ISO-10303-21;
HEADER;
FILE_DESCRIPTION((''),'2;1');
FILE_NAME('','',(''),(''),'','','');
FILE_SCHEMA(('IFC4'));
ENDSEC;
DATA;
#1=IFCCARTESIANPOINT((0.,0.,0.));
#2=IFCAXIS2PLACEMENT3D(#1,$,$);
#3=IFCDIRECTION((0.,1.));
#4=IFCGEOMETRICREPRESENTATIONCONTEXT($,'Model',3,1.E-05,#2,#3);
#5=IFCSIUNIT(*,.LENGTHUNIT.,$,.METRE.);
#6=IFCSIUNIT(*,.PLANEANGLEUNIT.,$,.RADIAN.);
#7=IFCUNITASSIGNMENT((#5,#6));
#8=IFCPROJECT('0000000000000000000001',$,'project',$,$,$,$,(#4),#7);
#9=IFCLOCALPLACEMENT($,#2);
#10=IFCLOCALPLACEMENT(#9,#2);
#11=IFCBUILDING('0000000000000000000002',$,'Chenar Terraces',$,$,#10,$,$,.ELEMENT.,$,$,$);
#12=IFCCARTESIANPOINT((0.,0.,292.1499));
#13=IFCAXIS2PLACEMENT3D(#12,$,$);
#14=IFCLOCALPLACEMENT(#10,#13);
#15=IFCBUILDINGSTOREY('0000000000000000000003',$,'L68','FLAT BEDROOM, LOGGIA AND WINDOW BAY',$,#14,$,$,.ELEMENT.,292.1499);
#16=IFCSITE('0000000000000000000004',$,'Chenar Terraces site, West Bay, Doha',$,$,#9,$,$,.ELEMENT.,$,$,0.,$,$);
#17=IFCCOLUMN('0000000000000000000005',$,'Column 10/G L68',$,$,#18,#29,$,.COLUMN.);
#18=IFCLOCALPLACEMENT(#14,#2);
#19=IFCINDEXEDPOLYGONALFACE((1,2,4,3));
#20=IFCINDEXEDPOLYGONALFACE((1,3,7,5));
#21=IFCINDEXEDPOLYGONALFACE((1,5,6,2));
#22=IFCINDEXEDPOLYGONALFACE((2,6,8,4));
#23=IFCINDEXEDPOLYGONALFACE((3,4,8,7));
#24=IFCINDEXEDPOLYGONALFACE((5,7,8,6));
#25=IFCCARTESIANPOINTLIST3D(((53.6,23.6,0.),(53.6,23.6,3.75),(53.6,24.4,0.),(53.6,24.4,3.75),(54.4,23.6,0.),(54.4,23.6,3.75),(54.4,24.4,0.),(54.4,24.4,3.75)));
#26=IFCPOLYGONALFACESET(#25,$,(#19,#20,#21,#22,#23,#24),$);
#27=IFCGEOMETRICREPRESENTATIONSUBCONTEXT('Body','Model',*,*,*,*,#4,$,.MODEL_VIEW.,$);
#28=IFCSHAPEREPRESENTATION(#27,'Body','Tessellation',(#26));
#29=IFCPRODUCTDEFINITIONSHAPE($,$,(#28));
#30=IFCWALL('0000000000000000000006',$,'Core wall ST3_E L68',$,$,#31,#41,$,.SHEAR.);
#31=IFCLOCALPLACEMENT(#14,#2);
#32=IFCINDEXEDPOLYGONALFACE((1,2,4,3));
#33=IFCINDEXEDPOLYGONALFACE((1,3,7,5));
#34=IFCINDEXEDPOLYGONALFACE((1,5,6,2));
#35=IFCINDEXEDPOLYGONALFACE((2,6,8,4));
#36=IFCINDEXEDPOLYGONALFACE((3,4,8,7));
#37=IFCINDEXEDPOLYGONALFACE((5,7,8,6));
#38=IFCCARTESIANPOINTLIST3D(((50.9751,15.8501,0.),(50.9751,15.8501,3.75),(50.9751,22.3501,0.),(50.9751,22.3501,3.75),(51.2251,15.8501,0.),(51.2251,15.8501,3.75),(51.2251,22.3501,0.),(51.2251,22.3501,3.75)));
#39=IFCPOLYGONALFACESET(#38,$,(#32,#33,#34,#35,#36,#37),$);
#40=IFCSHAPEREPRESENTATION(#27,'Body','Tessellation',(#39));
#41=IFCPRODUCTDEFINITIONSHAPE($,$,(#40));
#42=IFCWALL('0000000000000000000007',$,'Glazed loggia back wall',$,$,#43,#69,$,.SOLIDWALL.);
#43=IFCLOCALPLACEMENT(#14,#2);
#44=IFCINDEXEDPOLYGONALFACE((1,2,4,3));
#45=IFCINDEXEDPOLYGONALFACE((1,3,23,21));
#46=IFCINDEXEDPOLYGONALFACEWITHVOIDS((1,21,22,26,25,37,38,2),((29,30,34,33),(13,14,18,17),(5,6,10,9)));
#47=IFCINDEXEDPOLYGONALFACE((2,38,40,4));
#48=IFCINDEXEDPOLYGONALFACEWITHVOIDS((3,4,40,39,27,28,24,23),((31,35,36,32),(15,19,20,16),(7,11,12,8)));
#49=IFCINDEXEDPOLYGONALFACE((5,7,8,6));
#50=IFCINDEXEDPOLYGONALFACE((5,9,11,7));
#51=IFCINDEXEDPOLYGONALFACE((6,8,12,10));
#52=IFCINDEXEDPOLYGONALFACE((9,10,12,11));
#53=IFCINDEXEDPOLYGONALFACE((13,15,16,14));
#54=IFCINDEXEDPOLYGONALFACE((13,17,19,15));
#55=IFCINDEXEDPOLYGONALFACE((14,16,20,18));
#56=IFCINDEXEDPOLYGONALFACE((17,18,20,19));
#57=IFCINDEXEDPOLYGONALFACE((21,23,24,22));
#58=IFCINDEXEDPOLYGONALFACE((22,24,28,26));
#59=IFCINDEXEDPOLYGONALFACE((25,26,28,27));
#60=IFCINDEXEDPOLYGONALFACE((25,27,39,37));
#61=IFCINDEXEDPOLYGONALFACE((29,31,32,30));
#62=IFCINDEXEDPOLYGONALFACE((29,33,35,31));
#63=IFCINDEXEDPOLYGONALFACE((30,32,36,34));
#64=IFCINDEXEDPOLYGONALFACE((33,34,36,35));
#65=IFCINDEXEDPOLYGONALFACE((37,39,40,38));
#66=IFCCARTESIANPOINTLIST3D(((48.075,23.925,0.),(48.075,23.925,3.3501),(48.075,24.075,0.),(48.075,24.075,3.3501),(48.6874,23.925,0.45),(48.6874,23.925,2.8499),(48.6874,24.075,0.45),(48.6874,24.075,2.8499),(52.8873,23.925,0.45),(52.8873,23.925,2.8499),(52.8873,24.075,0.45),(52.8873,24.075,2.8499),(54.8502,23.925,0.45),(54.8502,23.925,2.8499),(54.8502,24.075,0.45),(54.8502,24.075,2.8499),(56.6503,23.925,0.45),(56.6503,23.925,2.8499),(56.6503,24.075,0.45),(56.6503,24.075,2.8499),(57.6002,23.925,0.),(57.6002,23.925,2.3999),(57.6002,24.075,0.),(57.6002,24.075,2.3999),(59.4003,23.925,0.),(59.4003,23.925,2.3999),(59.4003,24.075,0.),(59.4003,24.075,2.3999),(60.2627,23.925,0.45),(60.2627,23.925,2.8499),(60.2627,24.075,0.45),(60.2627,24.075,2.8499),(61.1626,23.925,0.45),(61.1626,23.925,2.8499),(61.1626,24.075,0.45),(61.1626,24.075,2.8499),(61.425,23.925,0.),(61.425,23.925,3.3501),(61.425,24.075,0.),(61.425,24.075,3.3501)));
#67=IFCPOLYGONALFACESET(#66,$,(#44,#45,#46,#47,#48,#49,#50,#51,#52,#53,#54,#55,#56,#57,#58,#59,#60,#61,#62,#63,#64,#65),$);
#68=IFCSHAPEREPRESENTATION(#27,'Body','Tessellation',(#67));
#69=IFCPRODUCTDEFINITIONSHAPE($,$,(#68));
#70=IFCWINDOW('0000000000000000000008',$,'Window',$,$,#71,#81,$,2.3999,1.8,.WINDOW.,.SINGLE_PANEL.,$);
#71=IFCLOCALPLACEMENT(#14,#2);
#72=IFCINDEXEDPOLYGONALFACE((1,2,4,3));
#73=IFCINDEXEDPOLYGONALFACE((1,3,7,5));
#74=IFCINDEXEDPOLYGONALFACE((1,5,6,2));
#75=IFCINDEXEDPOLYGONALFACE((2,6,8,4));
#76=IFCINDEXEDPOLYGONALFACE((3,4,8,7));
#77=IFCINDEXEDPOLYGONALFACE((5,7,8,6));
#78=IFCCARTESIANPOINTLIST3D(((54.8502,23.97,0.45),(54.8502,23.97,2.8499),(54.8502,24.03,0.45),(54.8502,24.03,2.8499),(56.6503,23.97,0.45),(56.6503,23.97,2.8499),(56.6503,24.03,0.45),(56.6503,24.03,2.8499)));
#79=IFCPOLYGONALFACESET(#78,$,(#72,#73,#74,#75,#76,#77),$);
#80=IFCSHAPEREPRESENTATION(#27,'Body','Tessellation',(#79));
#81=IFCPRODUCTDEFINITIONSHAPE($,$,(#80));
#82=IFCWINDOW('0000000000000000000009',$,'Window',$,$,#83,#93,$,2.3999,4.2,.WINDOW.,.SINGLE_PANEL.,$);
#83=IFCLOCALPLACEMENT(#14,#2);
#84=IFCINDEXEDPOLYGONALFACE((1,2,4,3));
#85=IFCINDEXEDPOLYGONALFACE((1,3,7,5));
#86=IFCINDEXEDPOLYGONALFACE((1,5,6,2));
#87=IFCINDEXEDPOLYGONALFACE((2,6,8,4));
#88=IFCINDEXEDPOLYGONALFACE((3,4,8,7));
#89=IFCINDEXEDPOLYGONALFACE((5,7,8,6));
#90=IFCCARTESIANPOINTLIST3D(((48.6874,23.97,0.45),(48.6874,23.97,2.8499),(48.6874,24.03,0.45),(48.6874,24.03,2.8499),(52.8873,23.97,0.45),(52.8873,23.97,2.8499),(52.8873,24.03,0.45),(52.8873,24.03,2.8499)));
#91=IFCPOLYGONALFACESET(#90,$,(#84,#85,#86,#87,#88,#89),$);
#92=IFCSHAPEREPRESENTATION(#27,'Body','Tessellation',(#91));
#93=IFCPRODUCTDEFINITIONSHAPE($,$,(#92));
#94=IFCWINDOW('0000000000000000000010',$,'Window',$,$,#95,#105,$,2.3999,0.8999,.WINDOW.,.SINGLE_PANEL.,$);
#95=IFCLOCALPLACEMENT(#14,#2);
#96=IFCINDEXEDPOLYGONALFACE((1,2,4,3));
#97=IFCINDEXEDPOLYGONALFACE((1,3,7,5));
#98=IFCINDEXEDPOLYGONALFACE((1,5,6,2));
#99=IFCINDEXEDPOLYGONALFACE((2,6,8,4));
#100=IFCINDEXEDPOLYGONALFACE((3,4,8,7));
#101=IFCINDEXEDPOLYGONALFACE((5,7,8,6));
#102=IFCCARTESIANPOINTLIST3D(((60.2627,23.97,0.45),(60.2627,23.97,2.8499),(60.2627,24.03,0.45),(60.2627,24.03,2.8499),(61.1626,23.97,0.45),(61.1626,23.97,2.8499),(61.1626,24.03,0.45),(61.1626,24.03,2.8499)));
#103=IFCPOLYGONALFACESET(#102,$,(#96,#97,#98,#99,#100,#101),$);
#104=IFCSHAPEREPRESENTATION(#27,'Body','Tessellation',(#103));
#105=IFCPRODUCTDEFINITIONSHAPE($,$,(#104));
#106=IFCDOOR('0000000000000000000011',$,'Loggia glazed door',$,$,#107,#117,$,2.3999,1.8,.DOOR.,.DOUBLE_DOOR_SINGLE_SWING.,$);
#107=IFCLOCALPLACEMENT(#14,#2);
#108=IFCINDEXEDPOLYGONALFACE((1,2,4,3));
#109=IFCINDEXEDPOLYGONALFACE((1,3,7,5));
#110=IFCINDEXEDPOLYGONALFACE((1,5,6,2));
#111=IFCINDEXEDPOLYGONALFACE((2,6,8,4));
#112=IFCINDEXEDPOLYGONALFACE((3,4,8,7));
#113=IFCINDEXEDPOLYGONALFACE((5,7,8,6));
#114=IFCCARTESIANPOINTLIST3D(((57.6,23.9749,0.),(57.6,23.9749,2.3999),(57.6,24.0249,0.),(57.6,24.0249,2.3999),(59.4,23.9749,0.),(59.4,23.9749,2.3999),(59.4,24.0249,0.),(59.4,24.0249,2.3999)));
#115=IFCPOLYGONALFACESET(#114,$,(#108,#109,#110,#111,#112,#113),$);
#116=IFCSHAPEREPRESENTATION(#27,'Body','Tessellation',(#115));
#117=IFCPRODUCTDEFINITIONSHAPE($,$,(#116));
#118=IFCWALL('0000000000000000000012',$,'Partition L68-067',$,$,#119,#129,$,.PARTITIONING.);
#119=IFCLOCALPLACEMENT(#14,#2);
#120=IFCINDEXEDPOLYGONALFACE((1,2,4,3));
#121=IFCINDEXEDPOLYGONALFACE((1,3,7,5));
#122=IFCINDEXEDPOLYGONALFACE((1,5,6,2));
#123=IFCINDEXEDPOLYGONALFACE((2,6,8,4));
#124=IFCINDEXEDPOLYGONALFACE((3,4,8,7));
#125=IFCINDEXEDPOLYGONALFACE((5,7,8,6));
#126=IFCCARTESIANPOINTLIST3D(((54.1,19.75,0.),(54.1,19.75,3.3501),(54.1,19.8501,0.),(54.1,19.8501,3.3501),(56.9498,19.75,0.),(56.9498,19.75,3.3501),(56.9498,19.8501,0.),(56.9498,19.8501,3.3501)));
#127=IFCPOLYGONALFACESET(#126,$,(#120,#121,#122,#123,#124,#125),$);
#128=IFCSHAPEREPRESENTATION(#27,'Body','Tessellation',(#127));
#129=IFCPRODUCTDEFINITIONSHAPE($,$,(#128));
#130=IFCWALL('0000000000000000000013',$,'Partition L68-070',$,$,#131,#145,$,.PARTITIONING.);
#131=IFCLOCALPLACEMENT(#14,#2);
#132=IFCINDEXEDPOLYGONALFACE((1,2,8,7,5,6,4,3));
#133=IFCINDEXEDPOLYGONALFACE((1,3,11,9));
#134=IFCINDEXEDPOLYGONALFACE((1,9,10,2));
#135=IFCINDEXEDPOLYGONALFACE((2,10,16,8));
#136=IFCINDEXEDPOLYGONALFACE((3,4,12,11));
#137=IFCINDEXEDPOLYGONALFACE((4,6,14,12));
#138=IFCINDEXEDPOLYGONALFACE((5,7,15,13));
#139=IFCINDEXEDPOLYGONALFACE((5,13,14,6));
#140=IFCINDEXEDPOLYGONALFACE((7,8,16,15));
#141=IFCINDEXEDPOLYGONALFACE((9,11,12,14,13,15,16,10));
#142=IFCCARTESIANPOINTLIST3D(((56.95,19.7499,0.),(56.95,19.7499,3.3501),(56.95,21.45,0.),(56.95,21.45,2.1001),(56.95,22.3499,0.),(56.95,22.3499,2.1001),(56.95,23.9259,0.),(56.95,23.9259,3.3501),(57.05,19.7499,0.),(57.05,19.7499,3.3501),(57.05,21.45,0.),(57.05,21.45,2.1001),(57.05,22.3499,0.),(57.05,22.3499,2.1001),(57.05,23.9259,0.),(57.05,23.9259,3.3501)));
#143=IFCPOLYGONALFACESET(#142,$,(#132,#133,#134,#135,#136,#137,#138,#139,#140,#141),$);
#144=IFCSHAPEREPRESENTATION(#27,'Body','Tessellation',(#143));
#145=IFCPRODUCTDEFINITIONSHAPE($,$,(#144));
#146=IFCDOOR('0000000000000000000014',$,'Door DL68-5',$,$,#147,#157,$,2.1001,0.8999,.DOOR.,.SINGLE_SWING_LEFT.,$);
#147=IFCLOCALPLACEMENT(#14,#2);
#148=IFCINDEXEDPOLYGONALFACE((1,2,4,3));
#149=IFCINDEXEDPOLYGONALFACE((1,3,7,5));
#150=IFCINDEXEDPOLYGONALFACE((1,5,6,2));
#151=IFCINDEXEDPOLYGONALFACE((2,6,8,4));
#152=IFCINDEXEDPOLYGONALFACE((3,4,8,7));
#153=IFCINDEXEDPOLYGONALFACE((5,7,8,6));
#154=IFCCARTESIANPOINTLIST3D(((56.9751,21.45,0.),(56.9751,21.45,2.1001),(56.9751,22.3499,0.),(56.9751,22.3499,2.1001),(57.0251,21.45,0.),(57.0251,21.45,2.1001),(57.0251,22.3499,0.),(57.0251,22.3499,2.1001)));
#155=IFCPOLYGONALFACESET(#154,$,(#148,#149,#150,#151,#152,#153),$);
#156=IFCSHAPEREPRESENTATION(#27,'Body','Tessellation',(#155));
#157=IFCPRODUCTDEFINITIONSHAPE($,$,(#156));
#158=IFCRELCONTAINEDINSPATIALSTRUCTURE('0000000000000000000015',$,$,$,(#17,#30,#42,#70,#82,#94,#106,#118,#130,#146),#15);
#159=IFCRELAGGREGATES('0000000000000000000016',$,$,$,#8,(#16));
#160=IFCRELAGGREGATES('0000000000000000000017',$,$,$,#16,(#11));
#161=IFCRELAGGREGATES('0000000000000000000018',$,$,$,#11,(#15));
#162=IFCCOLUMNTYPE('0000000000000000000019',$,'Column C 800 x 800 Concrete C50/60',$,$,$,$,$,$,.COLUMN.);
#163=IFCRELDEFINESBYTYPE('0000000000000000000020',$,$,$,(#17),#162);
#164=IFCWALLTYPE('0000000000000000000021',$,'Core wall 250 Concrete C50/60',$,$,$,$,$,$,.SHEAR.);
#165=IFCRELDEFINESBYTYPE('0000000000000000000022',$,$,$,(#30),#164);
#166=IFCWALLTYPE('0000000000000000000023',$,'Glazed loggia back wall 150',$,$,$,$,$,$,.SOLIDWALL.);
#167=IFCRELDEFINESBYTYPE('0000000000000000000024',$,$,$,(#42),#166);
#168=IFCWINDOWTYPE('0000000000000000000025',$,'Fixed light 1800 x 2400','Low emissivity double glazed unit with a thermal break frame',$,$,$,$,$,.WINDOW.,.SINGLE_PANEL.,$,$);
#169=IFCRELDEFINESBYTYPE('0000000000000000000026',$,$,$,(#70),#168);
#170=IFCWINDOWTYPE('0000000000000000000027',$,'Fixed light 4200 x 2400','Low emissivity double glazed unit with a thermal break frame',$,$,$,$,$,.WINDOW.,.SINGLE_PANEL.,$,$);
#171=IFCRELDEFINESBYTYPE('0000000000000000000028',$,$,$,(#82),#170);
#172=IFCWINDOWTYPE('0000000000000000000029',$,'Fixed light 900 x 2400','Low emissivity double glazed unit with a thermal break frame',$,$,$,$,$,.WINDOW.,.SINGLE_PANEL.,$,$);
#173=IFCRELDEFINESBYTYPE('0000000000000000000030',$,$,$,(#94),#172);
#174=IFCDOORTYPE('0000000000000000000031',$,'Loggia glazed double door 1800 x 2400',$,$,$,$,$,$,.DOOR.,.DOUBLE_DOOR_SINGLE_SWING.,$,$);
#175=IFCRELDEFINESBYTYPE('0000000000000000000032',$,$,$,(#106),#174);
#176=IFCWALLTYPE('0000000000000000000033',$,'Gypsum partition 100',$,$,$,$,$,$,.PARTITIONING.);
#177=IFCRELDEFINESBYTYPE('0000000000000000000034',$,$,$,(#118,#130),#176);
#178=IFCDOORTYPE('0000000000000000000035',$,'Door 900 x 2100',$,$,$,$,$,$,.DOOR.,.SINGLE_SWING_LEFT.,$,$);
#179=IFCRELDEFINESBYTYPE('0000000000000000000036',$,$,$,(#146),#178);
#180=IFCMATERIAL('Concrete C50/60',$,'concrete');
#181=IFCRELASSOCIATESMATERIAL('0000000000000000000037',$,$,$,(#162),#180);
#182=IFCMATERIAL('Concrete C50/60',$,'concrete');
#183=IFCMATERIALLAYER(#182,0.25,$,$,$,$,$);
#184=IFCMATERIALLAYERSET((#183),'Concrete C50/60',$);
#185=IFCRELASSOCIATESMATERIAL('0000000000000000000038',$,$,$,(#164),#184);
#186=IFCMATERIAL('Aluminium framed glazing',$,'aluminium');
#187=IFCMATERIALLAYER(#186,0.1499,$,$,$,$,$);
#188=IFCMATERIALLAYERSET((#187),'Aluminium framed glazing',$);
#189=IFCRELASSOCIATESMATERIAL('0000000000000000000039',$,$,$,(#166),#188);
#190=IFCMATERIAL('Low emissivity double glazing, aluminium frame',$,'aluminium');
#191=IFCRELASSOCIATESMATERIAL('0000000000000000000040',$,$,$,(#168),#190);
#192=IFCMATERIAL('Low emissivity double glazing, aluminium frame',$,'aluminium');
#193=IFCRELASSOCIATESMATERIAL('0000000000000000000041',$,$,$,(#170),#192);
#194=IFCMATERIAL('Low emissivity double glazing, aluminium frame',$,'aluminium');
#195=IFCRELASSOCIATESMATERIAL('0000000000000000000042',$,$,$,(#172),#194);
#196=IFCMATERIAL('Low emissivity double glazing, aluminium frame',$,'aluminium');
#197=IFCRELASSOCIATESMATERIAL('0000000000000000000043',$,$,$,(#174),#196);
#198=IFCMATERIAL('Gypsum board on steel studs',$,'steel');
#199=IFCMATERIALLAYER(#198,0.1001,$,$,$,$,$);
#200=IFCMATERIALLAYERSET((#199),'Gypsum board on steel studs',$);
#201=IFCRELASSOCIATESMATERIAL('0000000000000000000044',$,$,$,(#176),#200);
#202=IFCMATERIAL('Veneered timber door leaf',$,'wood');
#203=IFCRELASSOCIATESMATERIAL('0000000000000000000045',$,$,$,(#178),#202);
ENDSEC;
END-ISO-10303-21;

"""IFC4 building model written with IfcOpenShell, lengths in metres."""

from ifc_helpers import new_model, si_unit, direction, frame, frame_2d, origin, origin_2d, place, context, subcontext, project, spatial, rectangle, extrude, material, layer, layer_set, material_profile, profile_set, type_object, element, fill, save


model = new_model("IFC4")

# Units and contexts
model_context = context("Model", 3, precision=1e-05, world=origin(), true_north=direction((0.0, 1.0)))
body_context = subcontext(model_context, "Body", "Model", "MODEL_VIEW")
ifc_project = project(units=[si_unit("LENGTHUNIT", "METRE"), si_unit("PLANEANGLEUNIT", "RADIAN")], contexts=[model_context])

# Site, building, storey
site_placement = place(None, origin())
site = spatial("IfcSite", under=ifc_project, at=site_placement, Name="Chenar Terraces site, West Bay, Doha", CompositionType="ELEMENT", RefElevation=0.0)
building_placement = place(site_placement, origin())
building = spatial("IfcBuilding", under=site, at=building_placement, Name="Chenar Terraces", CompositionType="ELEMENT")
storey_placement = place(building_placement, frame((0.0, 0.0, 292.1499)))
storey = spatial("IfcBuildingStorey", under=building, at=storey_placement, Name="L68", Description="FLAT BEDROOM, LOGGIA AND WINDOW BAY", CompositionType="ELEMENT", Elevation=292.1499)

# Column
ifc_material_1 = material(Name="Concrete C50/60", Category="concrete")
ifc_material_profile = material_profile(ifc_material_1, rectangle(XDim=0.8, YDim=0.8, at=origin_2d()), Name="C 800 x 800")
ifc_profile_set = profile_set([ifc_material_profile], Name="Concrete C50/60")
column_type = type_object("IfcColumnType", Name="Column C 800 x 800 Concrete C50/60", PredefinedType="COLUMN", material=ifc_profile_set)
column_placement = place(storey_placement, frame((54.0, 24.0, 0.0), z_axis=(0.0, 0.0, 1.0), x_axis=(1.0, 0.0, 0.0)))
element("IfcColumn", 1, at=column_placement, inside=storey, type_object=column_type, Name="Column 10/G L68", PredefinedType="COLUMN", context=body_context, shape_type="SweptSolid", body=[
    extrude(rectangle(XDim=0.8, YDim=0.8, at=origin_2d()), origin(), (0.0, 0.0, 1.0), 3.75),
])

# Wall
ifc_material_2 = material(Name="Concrete C50/60", Category="concrete")
ifc_layer_1 = layer(ifc_material_2, 0.25)
ifc_layer_set_1 = layer_set([ifc_layer_1], Name="Concrete C50/60")
wall_type_1 = type_object("IfcWallType", Name="Core wall 250 Concrete C50/60", PredefinedType="SHEAR", material=ifc_layer_set_1)
wall_1_placement = place(storey_placement, frame((51.1001, 15.8501, 0.0), z_axis=(0.0, 0.0, 1.0), x_axis=(0.0, 1.0, 0.0)))
element("IfcWall", 2, at=wall_1_placement, inside=storey, type_object=wall_type_1, Name="Core wall ST3_E L68", PredefinedType="SHEAR", context=body_context, shape_type="SweptSolid", body=[
    extrude(rectangle(XDim=6.5, YDim=0.25, at=frame_2d((3.25, 0.0))), origin(), (0.0, 0.0, 1.0), 3.75),
])

# Wall, openings, windows, door
ifc_material_3 = material(Name="Aluminium framed glazing", Category="aluminium")
ifc_layer_2 = layer(ifc_material_3, 0.1499)
ifc_layer_set_2 = layer_set([ifc_layer_2], Name="Aluminium framed glazing")
wall_type_2 = type_object("IfcWallType", Name="Glazed loggia back wall 150", PredefinedType="SOLIDWALL", material=ifc_layer_set_2)
wall_2_placement = place(storey_placement, frame((61.425, 24.0, 0.0), z_axis=(0.0, 0.0, 1.0), x_axis=(-1.0, 0.0, 0.0)))
wall_2 = element("IfcWall", 3, at=wall_2_placement, inside=storey, type_object=wall_type_2, Name="Glazed loggia back wall", PredefinedType="SOLIDWALL", context=body_context, shape_type="SweptSolid", body=[
    extrude(rectangle(XDim=13.3501, YDim=0.1499, at=frame_2d((6.675, 0.0))), origin(), (0.0, 0.0, 1.0), 3.3501),
])
opening_1_placement = place(wall_2_placement, frame((0.2625, 0.0, 0.45)))
opening_1 = element("IfcOpeningElement", 4, at=opening_1_placement, cuts=wall_2, PredefinedType="OPENING", context=body_context, shape_type="SweptSolid", body=[
    extrude(rectangle(XDim=0.8999, YDim=2.3999, at=frame_2d((0.45, 1.2))), frame((0.0, 0.085, 0.0), z_axis=(0.0, -1.0, 0.0), x_axis=(1.0, 0.0, 0.0)), (0.0, 0.0, 1.0), 0.1699),
])
opening_2_placement = place(wall_2_placement, frame((2.0249, 0.0, 0.0)))
opening_2 = element("IfcOpeningElement", 5, at=opening_2_placement, cuts=wall_2, PredefinedType="OPENING", context=body_context, shape_type="SweptSolid", body=[
    extrude(rectangle(XDim=1.8, YDim=2.3999, at=frame_2d((0.8999, 1.2))), frame((0.0, 0.085, 0.0), z_axis=(0.0, -1.0, 0.0), x_axis=(1.0, 0.0, 0.0)), (0.0, 0.0, 1.0), 0.1699),
])
opening_3_placement = place(wall_2_placement, frame((4.7749, 0.0, 0.45)))
opening_3 = element("IfcOpeningElement", 6, at=opening_3_placement, cuts=wall_2, PredefinedType="OPENING", context=body_context, shape_type="SweptSolid", body=[
    extrude(rectangle(XDim=1.8, YDim=2.3999, at=frame_2d((0.8999, 1.2))), frame((0.0, 0.085, 0.0), z_axis=(0.0, -1.0, 0.0), x_axis=(1.0, 0.0, 0.0)), (0.0, 0.0, 1.0), 0.1699),
])
opening_4_placement = place(wall_2_placement, frame((8.5376, 0.0, 0.45)))
opening_4 = element("IfcOpeningElement", 7, at=opening_4_placement, cuts=wall_2, PredefinedType="OPENING", context=body_context, shape_type="SweptSolid", body=[
    extrude(rectangle(XDim=4.2, YDim=2.3999, at=frame_2d((2.1001, 1.2))), frame((0.0, 0.085, 0.0), z_axis=(0.0, -1.0, 0.0), x_axis=(1.0, 0.0, 0.0)), (0.0, 0.0, 1.0), 0.1699),
])
ifc_material_4 = material(Name="Low emissivity double glazing, aluminium frame", Category="aluminium")
window_type_1 = type_object("IfcWindowType", Name="Fixed light 1800 x 2400", Description="Low emissivity double glazed unit with a thermal break frame", PartitioningType="SINGLE_PANEL", PredefinedType="WINDOW", material=ifc_material_4)
window_1_placement = place(opening_3_placement, origin())
window_1 = element("IfcWindow", 8, at=window_1_placement, inside=storey, type_object=window_type_1, Name="Window", OverallHeight=2.3999, OverallWidth=1.8, PartitioningType="SINGLE_PANEL", PredefinedType="WINDOW", context=body_context, shape_type="SweptSolid", body=[
    extrude(rectangle(XDim=1.8, YDim=2.3999, at=frame_2d((0.8999, 1.2))), frame((0.0, 0.03, 0.0), z_axis=(0.0, -1.0, 0.0), x_axis=(1.0, 0.0, 0.0)), (0.0, 0.0, 1.0), 0.0601),
])
fill(opening_3, window_1)
ifc_material_5 = material(Name="Low emissivity double glazing, aluminium frame", Category="aluminium")
window_type_2 = type_object("IfcWindowType", Name="Fixed light 4200 x 2400", Description="Low emissivity double glazed unit with a thermal break frame", PartitioningType="SINGLE_PANEL", PredefinedType="WINDOW", material=ifc_material_5)
window_2_placement = place(opening_4_placement, origin())
window_2 = element("IfcWindow", 9, at=window_2_placement, inside=storey, type_object=window_type_2, Name="Window", OverallHeight=2.3999, OverallWidth=4.2, PartitioningType="SINGLE_PANEL", PredefinedType="WINDOW", context=body_context, shape_type="SweptSolid", body=[
    extrude(rectangle(XDim=4.2, YDim=2.3999, at=frame_2d((2.1001, 1.2))), frame((0.0, 0.03, 0.0), z_axis=(0.0, -1.0, 0.0), x_axis=(1.0, 0.0, 0.0)), (0.0, 0.0, 1.0), 0.0601),
])
fill(opening_4, window_2)
ifc_material_6 = material(Name="Low emissivity double glazing, aluminium frame", Category="aluminium")
window_type_3 = type_object("IfcWindowType", Name="Fixed light 900 x 2400", Description="Low emissivity double glazed unit with a thermal break frame", PartitioningType="SINGLE_PANEL", PredefinedType="WINDOW", material=ifc_material_6)
window_3_placement = place(opening_1_placement, origin())
window_3 = element("IfcWindow", 10, at=window_3_placement, inside=storey, type_object=window_type_3, Name="Window", OverallHeight=2.3999, OverallWidth=0.8999, PartitioningType="SINGLE_PANEL", PredefinedType="WINDOW", context=body_context, shape_type="SweptSolid", body=[
    extrude(rectangle(XDim=0.8999, YDim=2.3999, at=frame_2d((0.45, 1.2))), frame((0.0, 0.03, 0.0), z_axis=(0.0, -1.0, 0.0), x_axis=(1.0, 0.0, 0.0)), (0.0, 0.0, 1.0), 0.0601),
])
fill(opening_1, window_3)
ifc_material_7 = material(Name="Low emissivity double glazing, aluminium frame", Category="aluminium")
door_type_1 = type_object("IfcDoorType", Name="Loggia glazed double door 1800 x 2400", OperationType="DOUBLE_DOOR_SINGLE_SWING", PredefinedType="DOOR", material=ifc_material_7)
door_1_placement = place(opening_2_placement, frame((1.8, 0.0, 0.0), z_axis=(0.0, 0.0, 1.0), x_axis=(-1.0, 0.0, 0.0)))
door_1 = element("IfcDoor", 11, at=door_1_placement, inside=storey, type_object=door_type_1, Name="Loggia glazed door", OperationType="DOUBLE_DOOR_SINGLE_SWING", OverallHeight=2.3999, OverallWidth=1.8, PredefinedType="DOOR", context=body_context, shape_type="SweptSolid", body=[
    extrude(rectangle(XDim=1.8, YDim=2.3999, at=frame_2d((0.8999, 1.2))), frame((0.0, 0.0249, 0.0), z_axis=(0.0, -1.0, 0.0), x_axis=(1.0, 0.0, 0.0)), (0.0, 0.0, 1.0), 0.05),
])
fill(opening_2, door_1)

# Wall
ifc_material_8 = material(Name="Gypsum board on steel studs", Category="steel")
ifc_layer_3 = layer(ifc_material_8, 0.1001)
ifc_layer_set_3 = layer_set([ifc_layer_3], Name="Gypsum board on steel studs")
wall_type_3 = type_object("IfcWallType", Name="Gypsum partition 100", PredefinedType="PARTITIONING", material=ifc_layer_set_3)
wall_3_placement = place(storey_placement, frame((54.1001, 19.8, 0.0), z_axis=(0.0, 0.0, 1.0), x_axis=(1.0, 0.0, 0.0)))
element("IfcWall", 12, at=wall_3_placement, inside=storey, type_object=wall_type_3, Name="Partition L68-067", PredefinedType="PARTITIONING", context=body_context, shape_type="SweptSolid", body=[
    extrude(rectangle(XDim=2.8499, YDim=0.1001, at=frame_2d((1.4248, 0.0))), origin(), (0.0, 0.0, 1.0), 3.3501),
])

# Wall, opening, door
wall_4_placement = place(storey_placement, frame((57.0, 19.75, 0.0), z_axis=(0.0, 0.0, 1.0), x_axis=(0.0, 1.0, 0.0)))
wall_4 = element("IfcWall", 13, at=wall_4_placement, inside=storey, type_object=wall_type_3, Name="Partition L68-070", PredefinedType="PARTITIONING", context=body_context, shape_type="SweptSolid", body=[
    extrude(rectangle(XDim=4.176, YDim=0.1001, at=frame_2d((2.0879, 0.0))), origin(), (0.0, 0.0, 1.0), 3.3501),
])
opening_5_placement = place(wall_4_placement, frame((1.7, 0.0, 0.0)))
opening_5 = element("IfcOpeningElement", 14, at=opening_5_placement, cuts=wall_4, PredefinedType="OPENING", context=body_context, shape_type="SweptSolid", body=[
    extrude(rectangle(XDim=0.8999, YDim=2.1001, at=frame_2d((0.45, 1.05))), frame((0.0, 0.0601, 0.0), z_axis=(0.0, -1.0, 0.0), x_axis=(1.0, 0.0, 0.0)), (0.0, 0.0, 1.0), 0.1201),
])
ifc_material_9 = material(Name="Veneered timber door leaf", Category="wood")
door_type_2 = type_object("IfcDoorType", Name="Door 900 x 2100", OperationType="SINGLE_SWING_LEFT", PredefinedType="DOOR", material=ifc_material_9)
door_2_placement = place(opening_5_placement, origin())
door_2 = element("IfcDoor", 15, at=door_2_placement, inside=storey, type_object=door_type_2, Name="Door DL68-5", OperationType="SINGLE_SWING_LEFT", OverallHeight=2.1001, OverallWidth=0.8999, PredefinedType="DOOR", context=body_context, shape_type="SweptSolid", body=[
    extrude(rectangle(XDim=0.8999, YDim=2.1001, at=frame_2d((0.45, 1.05))), frame((0.0, 0.0249, 0.0), z_axis=(0.0, -1.0, 0.0), x_axis=(1.0, 0.0, 0.0)), (0.0, 0.0, 1.0), 0.05),
])
fill(opening_5, door_2)

save(model, "model.ifc")
